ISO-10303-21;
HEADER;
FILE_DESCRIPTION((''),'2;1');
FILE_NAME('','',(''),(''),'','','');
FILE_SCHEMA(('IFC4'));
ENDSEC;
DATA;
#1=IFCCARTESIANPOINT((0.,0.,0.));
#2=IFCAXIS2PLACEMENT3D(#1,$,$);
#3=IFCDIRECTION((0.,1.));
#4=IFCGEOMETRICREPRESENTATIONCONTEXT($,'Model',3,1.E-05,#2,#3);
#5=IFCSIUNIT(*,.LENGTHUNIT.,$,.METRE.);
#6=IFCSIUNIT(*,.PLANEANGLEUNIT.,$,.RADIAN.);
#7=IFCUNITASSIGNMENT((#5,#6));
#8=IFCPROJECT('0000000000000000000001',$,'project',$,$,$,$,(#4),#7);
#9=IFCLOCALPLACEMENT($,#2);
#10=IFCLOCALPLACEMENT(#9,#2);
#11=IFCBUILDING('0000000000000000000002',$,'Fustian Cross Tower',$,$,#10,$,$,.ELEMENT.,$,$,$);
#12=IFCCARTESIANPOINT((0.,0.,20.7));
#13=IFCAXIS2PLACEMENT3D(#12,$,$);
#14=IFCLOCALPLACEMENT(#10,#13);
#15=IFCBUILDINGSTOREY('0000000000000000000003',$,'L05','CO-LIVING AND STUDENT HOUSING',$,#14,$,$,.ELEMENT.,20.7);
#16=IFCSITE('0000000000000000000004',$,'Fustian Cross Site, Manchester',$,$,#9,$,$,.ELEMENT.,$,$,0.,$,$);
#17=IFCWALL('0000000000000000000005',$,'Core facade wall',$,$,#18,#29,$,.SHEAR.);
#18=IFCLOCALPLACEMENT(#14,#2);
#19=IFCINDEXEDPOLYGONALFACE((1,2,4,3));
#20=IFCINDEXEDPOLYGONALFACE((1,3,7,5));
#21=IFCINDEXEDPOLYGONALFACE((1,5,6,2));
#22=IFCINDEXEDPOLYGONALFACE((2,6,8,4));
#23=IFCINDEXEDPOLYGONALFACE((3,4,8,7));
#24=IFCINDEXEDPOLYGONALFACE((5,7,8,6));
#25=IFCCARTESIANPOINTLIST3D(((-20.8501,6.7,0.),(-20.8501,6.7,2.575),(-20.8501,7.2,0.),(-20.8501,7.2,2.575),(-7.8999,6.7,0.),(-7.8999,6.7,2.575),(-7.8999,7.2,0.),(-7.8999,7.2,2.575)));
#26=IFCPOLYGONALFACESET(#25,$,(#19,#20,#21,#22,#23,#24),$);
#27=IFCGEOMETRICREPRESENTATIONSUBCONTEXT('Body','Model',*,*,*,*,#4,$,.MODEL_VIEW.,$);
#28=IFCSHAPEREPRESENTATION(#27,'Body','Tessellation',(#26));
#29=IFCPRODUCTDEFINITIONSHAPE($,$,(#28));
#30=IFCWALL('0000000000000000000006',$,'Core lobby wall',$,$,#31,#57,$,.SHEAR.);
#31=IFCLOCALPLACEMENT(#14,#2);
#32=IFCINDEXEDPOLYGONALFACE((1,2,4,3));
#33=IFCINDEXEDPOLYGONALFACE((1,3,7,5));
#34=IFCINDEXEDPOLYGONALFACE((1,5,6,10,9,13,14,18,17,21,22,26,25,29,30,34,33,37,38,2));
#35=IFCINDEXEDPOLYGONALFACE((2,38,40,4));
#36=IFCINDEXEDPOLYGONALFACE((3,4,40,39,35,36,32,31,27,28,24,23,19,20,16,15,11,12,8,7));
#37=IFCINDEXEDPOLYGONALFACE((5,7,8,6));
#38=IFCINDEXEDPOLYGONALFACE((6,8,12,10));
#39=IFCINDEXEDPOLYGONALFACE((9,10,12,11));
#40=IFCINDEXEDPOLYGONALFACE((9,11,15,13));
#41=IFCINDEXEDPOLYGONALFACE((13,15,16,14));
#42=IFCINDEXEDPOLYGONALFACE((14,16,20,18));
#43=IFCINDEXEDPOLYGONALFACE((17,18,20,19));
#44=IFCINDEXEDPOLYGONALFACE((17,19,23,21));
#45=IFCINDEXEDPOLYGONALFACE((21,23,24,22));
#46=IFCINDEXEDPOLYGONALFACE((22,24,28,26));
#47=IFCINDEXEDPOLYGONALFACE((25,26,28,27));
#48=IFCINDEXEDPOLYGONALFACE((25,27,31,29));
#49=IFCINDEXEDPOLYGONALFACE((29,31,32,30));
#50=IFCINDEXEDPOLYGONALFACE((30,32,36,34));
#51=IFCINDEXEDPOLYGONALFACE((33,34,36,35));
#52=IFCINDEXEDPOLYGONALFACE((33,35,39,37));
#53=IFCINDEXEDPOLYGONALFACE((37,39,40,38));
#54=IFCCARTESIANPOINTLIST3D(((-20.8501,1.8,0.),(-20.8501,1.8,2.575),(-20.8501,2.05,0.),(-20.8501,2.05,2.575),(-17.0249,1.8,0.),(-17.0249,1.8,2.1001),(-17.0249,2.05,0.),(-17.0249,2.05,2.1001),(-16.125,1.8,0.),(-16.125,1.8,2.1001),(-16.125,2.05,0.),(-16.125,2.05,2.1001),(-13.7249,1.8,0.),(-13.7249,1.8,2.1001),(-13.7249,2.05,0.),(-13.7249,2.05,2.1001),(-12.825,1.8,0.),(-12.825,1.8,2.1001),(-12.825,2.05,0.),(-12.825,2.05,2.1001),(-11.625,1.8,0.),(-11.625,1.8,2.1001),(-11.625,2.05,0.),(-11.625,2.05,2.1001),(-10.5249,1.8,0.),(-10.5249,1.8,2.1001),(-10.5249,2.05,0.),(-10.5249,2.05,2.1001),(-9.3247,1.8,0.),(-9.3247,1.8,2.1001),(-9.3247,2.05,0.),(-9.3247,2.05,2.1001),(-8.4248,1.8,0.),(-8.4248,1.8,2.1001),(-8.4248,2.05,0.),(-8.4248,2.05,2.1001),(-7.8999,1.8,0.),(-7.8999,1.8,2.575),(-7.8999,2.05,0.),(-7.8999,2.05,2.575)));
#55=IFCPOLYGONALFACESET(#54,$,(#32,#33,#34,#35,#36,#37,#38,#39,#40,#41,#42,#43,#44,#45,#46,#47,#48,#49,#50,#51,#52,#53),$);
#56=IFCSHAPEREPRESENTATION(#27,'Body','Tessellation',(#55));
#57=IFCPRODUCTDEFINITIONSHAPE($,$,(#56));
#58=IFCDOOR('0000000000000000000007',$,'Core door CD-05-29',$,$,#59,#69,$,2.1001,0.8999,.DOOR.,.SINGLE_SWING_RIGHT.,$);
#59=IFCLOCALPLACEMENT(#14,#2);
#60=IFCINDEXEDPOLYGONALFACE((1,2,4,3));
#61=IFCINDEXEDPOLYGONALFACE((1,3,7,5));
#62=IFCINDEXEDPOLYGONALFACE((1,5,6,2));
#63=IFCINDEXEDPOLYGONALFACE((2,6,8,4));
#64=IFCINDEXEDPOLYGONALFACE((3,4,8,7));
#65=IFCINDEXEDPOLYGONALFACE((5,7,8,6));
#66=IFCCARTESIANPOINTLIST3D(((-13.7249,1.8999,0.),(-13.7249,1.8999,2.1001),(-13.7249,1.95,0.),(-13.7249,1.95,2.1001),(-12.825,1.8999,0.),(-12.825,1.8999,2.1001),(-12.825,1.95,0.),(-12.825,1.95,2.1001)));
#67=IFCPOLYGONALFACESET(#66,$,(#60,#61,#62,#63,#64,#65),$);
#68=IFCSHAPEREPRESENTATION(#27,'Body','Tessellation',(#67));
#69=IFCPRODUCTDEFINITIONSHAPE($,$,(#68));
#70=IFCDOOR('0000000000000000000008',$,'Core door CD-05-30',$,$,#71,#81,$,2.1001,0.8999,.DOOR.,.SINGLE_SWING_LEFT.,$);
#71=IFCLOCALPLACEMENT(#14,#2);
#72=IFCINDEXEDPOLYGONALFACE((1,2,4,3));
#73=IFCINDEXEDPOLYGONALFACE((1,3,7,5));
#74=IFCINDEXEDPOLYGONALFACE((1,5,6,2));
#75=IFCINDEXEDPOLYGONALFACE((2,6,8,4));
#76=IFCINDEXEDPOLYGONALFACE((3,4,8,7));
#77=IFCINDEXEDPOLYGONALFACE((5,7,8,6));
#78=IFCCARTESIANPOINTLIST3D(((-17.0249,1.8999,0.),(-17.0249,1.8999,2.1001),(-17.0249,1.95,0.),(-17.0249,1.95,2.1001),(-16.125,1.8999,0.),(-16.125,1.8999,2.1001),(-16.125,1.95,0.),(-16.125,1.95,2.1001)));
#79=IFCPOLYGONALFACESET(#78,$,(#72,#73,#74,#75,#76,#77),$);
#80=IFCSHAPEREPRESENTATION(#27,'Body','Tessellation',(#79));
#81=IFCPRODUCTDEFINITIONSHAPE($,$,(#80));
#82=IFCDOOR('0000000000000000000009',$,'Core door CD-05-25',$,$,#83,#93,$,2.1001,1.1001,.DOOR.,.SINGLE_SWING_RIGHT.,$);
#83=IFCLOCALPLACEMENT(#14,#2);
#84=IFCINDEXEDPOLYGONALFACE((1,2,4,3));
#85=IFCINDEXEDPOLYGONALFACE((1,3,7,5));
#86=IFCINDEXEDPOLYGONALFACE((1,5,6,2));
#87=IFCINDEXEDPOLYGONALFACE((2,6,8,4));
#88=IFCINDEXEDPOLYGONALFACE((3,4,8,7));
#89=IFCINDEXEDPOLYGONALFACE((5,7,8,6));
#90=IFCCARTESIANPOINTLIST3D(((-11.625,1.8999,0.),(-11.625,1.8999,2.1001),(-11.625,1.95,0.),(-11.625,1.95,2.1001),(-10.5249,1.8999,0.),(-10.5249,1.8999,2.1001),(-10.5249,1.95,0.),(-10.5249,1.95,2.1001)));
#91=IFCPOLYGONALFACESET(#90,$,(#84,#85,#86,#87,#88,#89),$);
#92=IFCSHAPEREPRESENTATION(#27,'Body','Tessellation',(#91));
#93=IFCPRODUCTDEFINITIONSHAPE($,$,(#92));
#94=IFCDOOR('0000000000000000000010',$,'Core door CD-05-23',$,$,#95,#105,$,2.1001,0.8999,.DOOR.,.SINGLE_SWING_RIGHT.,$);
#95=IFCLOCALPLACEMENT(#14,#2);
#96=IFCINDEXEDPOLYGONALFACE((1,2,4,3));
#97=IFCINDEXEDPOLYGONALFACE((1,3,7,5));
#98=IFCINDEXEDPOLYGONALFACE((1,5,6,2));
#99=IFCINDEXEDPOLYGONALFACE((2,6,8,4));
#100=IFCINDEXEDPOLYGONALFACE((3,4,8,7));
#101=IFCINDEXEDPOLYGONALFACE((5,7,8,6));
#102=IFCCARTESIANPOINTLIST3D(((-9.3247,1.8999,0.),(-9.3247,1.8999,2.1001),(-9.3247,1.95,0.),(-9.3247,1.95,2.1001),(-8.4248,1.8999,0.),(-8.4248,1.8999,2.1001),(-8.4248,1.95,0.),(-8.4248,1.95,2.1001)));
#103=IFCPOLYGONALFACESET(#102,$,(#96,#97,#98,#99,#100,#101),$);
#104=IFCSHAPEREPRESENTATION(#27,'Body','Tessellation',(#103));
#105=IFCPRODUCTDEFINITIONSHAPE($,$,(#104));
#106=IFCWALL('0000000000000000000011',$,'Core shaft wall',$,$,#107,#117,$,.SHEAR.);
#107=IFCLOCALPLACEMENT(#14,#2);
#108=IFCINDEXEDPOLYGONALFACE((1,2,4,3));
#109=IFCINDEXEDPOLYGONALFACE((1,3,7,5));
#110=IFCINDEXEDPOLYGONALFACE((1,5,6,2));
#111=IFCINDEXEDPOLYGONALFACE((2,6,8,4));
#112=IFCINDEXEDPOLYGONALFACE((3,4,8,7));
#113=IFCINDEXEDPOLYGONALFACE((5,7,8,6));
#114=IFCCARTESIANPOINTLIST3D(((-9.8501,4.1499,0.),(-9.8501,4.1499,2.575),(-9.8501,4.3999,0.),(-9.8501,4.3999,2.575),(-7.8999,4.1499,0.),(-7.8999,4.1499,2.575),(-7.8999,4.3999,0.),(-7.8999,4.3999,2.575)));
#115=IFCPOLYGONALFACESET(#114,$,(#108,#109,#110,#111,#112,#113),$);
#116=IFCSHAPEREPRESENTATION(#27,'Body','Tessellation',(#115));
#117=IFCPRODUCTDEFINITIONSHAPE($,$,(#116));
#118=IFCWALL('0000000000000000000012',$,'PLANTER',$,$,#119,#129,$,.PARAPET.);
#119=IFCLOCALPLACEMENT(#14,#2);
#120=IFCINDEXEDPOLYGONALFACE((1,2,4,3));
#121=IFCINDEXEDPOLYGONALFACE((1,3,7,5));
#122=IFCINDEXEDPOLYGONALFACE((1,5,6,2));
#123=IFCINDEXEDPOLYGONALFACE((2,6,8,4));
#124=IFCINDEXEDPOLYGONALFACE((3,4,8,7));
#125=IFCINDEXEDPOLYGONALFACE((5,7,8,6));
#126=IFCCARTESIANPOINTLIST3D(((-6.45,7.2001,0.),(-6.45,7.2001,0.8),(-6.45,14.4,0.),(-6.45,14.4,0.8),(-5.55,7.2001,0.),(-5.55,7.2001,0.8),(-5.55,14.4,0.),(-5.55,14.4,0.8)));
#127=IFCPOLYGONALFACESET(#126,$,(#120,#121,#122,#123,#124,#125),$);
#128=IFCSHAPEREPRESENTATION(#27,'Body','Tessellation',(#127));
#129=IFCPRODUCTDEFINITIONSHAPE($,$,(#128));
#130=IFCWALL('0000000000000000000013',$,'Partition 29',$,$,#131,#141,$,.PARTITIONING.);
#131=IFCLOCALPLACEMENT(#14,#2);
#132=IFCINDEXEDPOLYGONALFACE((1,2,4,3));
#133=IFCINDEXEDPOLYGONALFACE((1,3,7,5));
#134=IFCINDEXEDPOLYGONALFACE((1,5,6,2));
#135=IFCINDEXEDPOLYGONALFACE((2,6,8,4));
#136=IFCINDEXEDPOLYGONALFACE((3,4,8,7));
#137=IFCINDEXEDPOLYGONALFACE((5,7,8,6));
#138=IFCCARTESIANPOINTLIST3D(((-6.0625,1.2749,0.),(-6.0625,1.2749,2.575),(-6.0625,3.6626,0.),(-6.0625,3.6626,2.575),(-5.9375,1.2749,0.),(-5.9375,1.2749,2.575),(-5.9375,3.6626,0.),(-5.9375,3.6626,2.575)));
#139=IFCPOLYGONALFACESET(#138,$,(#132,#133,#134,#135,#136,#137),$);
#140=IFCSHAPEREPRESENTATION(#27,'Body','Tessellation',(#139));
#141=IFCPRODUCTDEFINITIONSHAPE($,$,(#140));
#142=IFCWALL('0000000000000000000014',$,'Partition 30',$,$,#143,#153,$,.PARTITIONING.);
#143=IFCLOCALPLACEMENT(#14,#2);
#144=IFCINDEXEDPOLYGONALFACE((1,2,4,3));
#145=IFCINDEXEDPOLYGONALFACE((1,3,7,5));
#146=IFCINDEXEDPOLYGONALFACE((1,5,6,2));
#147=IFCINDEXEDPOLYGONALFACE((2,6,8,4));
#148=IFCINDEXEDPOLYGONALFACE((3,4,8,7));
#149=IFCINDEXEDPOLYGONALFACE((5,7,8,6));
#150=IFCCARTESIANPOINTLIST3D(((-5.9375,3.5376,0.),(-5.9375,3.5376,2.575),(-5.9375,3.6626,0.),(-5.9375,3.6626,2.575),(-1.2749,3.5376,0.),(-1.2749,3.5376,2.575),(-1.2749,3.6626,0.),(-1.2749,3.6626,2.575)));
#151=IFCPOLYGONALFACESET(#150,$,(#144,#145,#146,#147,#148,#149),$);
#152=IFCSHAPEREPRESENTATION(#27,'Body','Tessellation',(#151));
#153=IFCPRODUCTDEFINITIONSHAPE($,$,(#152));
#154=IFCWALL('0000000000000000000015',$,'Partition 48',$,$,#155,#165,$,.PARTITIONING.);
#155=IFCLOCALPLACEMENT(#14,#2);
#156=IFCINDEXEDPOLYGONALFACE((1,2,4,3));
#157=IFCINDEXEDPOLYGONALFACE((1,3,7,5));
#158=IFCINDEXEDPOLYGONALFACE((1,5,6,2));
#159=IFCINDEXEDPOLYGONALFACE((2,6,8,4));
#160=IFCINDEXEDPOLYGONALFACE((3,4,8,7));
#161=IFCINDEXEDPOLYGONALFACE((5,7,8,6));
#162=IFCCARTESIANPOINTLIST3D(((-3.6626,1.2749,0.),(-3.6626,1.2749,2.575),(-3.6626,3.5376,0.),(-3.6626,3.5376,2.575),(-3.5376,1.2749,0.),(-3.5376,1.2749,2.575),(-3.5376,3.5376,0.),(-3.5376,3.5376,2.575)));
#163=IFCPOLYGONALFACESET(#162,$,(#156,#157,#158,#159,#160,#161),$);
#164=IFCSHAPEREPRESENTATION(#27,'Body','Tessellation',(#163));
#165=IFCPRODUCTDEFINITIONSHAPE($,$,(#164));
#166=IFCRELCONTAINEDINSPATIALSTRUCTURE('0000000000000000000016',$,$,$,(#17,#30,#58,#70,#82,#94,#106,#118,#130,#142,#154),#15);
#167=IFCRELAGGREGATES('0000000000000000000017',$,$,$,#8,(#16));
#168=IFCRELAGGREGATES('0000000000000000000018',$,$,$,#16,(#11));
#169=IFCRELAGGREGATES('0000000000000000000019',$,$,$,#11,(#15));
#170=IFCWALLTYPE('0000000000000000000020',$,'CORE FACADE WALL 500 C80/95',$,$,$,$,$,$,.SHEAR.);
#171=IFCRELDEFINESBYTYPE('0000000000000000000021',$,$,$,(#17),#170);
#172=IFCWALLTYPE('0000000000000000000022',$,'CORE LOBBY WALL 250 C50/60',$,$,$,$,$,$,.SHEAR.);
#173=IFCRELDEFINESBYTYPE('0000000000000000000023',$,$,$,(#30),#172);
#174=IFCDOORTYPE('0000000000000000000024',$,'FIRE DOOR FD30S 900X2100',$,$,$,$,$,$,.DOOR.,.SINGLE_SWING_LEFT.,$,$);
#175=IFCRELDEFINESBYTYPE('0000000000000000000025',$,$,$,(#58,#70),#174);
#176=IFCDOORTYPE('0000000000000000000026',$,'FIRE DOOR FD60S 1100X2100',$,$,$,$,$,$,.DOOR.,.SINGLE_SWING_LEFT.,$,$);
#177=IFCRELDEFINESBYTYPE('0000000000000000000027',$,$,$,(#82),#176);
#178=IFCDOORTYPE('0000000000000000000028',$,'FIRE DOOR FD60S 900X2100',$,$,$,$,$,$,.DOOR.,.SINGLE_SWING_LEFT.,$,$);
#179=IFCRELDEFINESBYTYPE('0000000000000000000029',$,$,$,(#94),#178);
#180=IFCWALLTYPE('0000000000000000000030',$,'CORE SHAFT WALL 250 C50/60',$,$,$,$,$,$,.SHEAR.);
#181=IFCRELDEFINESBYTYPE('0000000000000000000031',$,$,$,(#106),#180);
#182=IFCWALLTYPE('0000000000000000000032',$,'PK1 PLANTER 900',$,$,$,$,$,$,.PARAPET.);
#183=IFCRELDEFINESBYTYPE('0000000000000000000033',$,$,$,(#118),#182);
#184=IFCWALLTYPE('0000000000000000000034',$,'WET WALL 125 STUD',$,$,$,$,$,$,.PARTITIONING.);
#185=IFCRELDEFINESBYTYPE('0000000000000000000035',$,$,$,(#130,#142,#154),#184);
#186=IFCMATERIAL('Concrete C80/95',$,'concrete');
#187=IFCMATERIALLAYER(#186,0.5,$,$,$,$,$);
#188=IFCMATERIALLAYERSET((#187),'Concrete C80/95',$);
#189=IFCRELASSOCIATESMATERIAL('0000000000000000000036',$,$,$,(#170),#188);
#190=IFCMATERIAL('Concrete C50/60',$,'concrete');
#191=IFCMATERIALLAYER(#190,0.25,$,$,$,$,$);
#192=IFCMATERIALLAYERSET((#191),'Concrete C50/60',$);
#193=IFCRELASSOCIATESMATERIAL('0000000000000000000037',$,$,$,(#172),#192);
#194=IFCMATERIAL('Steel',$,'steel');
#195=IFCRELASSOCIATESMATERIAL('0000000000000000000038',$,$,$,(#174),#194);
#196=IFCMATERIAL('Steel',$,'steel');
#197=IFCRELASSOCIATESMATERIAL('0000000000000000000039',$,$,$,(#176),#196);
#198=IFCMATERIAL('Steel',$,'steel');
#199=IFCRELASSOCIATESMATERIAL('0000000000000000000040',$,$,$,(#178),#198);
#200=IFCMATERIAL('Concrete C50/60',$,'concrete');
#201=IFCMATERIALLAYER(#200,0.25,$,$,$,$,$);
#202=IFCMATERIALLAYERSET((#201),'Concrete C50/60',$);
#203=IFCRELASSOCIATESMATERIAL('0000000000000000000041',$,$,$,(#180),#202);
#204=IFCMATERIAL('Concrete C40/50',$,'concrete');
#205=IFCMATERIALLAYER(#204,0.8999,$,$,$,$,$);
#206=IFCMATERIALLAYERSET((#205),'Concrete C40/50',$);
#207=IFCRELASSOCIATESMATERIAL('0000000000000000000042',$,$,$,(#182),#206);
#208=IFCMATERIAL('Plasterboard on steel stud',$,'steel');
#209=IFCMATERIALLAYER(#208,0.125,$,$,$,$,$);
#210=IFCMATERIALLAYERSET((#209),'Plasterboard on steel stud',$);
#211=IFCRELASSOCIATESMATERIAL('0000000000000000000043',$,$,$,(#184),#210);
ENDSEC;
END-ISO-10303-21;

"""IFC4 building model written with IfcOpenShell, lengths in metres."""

from ifc_helpers import new_model, si_unit, direction, frame, frame_2d, origin, place, context, subcontext, project, spatial, rectangle, extrude, material, layer, layer_set, type_object, element, fill, save


model = new_model("IFC4")

# Units and contexts
model_context = context("Model", 3, precision=1e-05, world=origin(), true_north=direction((0.0, 1.0)))
body_context = subcontext(model_context, "Body", "Model", "MODEL_VIEW")
ifc_project = project(units=[si_unit("LENGTHUNIT", "METRE"), si_unit("PLANEANGLEUNIT", "RADIAN")], contexts=[model_context])

# Site, building, storey
site_placement = place(None, origin())
site = spatial("IfcSite", under=ifc_project, at=site_placement, Name="Fustian Cross Site, Manchester", CompositionType="ELEMENT", RefElevation=0.0)
building_placement = place(site_placement, origin())
building = spatial("IfcBuilding", under=site, at=building_placement, Name="Fustian Cross Tower", CompositionType="ELEMENT")
storey_placement = place(building_placement, frame((0.0, 0.0, 20.7)))
storey = spatial("IfcBuildingStorey", under=building, at=storey_placement, Name="L05", Description="CO-LIVING AND STUDENT HOUSING", CompositionType="ELEMENT", Elevation=20.7)

# Wall
ifc_material_1 = material(Name="Concrete C80/95", Category="concrete")
ifc_layer_1 = layer(ifc_material_1, 0.5)
ifc_layer_set_1 = layer_set([ifc_layer_1], Name="Concrete C80/95")
wall_type_1 = type_object("IfcWallType", Name="CORE FACADE WALL 500 C80/95", PredefinedType="SHEAR", material=ifc_layer_set_1)
wall_1_placement = place(storey_placement, frame((-7.8999, 6.95, 0.0), z_axis=(0.0, 0.0, 1.0), x_axis=(-1.0, 0.0, 0.0)))
element("IfcWall", 1, at=wall_1_placement, inside=storey, type_object=wall_type_1, Name="Core facade wall", PredefinedType="SHEAR", context=body_context, shape_type="SweptSolid", body=[
    extrude(rectangle(XDim=12.9502, YDim=0.5, at=frame_2d((6.4751, 0.0))), origin(), (0.0, 0.0, 1.0), 2.575),
])

# Wall, openings, doors
ifc_material_2 = material(Name="Concrete C50/60", Category="concrete")
ifc_layer_2 = layer(ifc_material_2, 0.25)
ifc_layer_set_2 = layer_set([ifc_layer_2], Name="Concrete C50/60")
wall_type_2 = type_object("IfcWallType", Name="CORE LOBBY WALL 250 C50/60", PredefinedType="SHEAR", material=ifc_layer_set_2)
wall_2_placement = place(storey_placement, frame((-7.8999, 1.925, 0.0), z_axis=(0.0, 0.0, 1.0), x_axis=(-1.0, 0.0, 0.0)))
wall_2 = element("IfcWall", 2, at=wall_2_placement, inside=storey, type_object=wall_type_2, Name="Core lobby wall", PredefinedType="SHEAR", context=body_context, shape_type="SweptSolid", body=[
    extrude(rectangle(XDim=12.9502, YDim=0.25, at=frame_2d((6.4751, 0.0))), origin(), (0.0, 0.0, 1.0), 2.575),
])
opening_1_placement = place(wall_2_placement, frame((0.5249, 0.0, 0.0)))
opening_1 = element("IfcOpeningElement", 3, at=opening_1_placement, cuts=wall_2, PredefinedType="OPENING", context=body_context, shape_type="SweptSolid", body=[
    extrude(rectangle(XDim=0.8999, YDim=2.1001, at=frame_2d((0.45, 1.05))), frame((0.0, 0.135, 0.0), z_axis=(0.0, -1.0, 0.0), x_axis=(1.0, 0.0, 0.0)), (0.0, 0.0, 1.0), 0.27),
])
opening_2_placement = place(wall_2_placement, frame((2.625, 0.0, 0.0)))
opening_2 = element("IfcOpeningElement", 4, at=opening_2_placement, cuts=wall_2, PredefinedType="OPENING", context=body_context, shape_type="SweptSolid", body=[
    extrude(rectangle(XDim=1.1001, YDim=2.1001, at=frame_2d((0.55, 1.05))), frame((0.0, 0.135, 0.0), z_axis=(0.0, -1.0, 0.0), x_axis=(1.0, 0.0, 0.0)), (0.0, 0.0, 1.0), 0.27),
])
opening_3_placement = place(wall_2_placement, frame((4.925, 0.0, 0.0)))
opening_3 = element("IfcOpeningElement", 5, at=opening_3_placement, cuts=wall_2, PredefinedType="OPENING", context=body_context, shape_type="SweptSolid", body=[
    extrude(rectangle(XDim=0.8999, YDim=2.1001, at=frame_2d((0.45, 1.05))), frame((0.0, 0.135, 0.0), z_axis=(0.0, -1.0, 0.0), x_axis=(1.0, 0.0, 0.0)), (0.0, 0.0, 1.0), 0.27),
])
opening_4_placement = place(wall_2_placement, frame((8.2251, 0.0, 0.0)))
opening_4 = element("IfcOpeningElement", 6, at=opening_4_placement, cuts=wall_2, PredefinedType="OPENING", context=body_context, shape_type="SweptSolid", body=[
    extrude(rectangle(XDim=0.8999, YDim=2.1001, at=frame_2d((0.45, 1.05))), frame((0.0, 0.135, 0.0), z_axis=(0.0, -1.0, 0.0), x_axis=(1.0, 0.0, 0.0)), (0.0, 0.0, 1.0), 0.27),
])
ifc_material_3 = material(Name="Steel", Category="steel")
door_type_1 = type_object("IfcDoorType", Name="FIRE DOOR FD30S 900X2100", OperationType="SINGLE_SWING_LEFT", PredefinedType="DOOR", material=ifc_material_3)
door_1_placement = place(opening_3_placement, frame((0.8999, 0.0, 0.0), z_axis=(0.0, 0.0, 1.0), x_axis=(-1.0, 0.0, 0.0)))
door_1 = element("IfcDoor", 7, at=door_1_placement, inside=storey, type_object=door_type_1, Name="Core door CD-05-29", OperationType="SINGLE_SWING_RIGHT", OverallHeight=2.1001, OverallWidth=0.8999, PredefinedType="DOOR", context=body_context, shape_type="SweptSolid", body=[
    extrude(rectangle(XDim=0.8999, YDim=2.1001, at=frame_2d((0.45, 1.05))), frame((0.0, 0.0249, 0.0), z_axis=(0.0, -1.0, 0.0), x_axis=(1.0, 0.0, 0.0)), (0.0, 0.0, 1.0), 0.05),
])
fill(opening_3, door_1)
door_2_placement = place(opening_4_placement, frame((0.8999, 0.0, 0.0), z_axis=(0.0, 0.0, 1.0), x_axis=(-1.0, 0.0, 0.0)))
door_2 = element("IfcDoor", 8, at=door_2_placement, inside=storey, type_object=door_type_1, Name="Core door CD-05-30", OperationType="SINGLE_SWING_LEFT", OverallHeight=2.1001, OverallWidth=0.8999, PredefinedType="DOOR", context=body_context, shape_type="SweptSolid", body=[
    extrude(rectangle(XDim=0.8999, YDim=2.1001, at=frame_2d((0.45, 1.05))), frame((0.0, 0.0249, 0.0), z_axis=(0.0, -1.0, 0.0), x_axis=(1.0, 0.0, 0.0)), (0.0, 0.0, 1.0), 0.05),
])
fill(opening_4, door_2)
ifc_material_4 = material(Name="Steel", Category="steel")
door_type_2 = type_object("IfcDoorType", Name="FIRE DOOR FD60S 1100X2100", OperationType="SINGLE_SWING_LEFT", PredefinedType="DOOR", material=ifc_material_4)
door_3_placement = place(opening_2_placement, frame((1.1001, 0.0, 0.0), z_axis=(0.0, 0.0, 1.0), x_axis=(-1.0, 0.0, 0.0)))
door_3 = element("IfcDoor", 9, at=door_3_placement, inside=storey, type_object=door_type_2, Name="Core door CD-05-25", OperationType="SINGLE_SWING_RIGHT", OverallHeight=2.1001, OverallWidth=1.1001, PredefinedType="DOOR", context=body_context, shape_type="SweptSolid", body=[
    extrude(rectangle(XDim=1.1001, YDim=2.1001, at=frame_2d((0.55, 1.05))), frame((0.0, 0.0249, 0.0), z_axis=(0.0, -1.0, 0.0), x_axis=(1.0, 0.0, 0.0)), (0.0, 0.0, 1.0), 0.05),
])
fill(opening_2, door_3)
ifc_material_5 = material(Name="Steel", Category="steel")
door_type_3 = type_object("IfcDoorType", Name="FIRE DOOR FD60S 900X2100", OperationType="SINGLE_SWING_LEFT", PredefinedType="DOOR", material=ifc_material_5)
door_4_placement = place(opening_1_placement, frame((0.8999, 0.0, 0.0), z_axis=(0.0, 0.0, 1.0), x_axis=(-1.0, 0.0, 0.0)))
door_4 = element("IfcDoor", 10, at=door_4_placement, inside=storey, type_object=door_type_3, Name="Core door CD-05-23", OperationType="SINGLE_SWING_RIGHT", OverallHeight=2.1001, OverallWidth=0.8999, PredefinedType="DOOR", context=body_context, shape_type="SweptSolid", body=[
    extrude(rectangle(XDim=0.8999, YDim=2.1001, at=frame_2d((0.45, 1.05))), frame((0.0, 0.0249, 0.0), z_axis=(0.0, -1.0, 0.0), x_axis=(1.0, 0.0, 0.0)), (0.0, 0.0, 1.0), 0.05),
])
fill(opening_1, door_4)

# Walls
ifc_material_6 = material(Name="Concrete C50/60", Category="concrete")
ifc_layer_3 = layer(ifc_material_6, 0.25)
ifc_layer_set_3 = layer_set([ifc_layer_3], Name="Concrete C50/60")
wall_type_3 = type_object("IfcWallType", Name="CORE SHAFT WALL 250 C50/60", PredefinedType="SHEAR", material=ifc_layer_set_3)
wall_3_placement = place(storey_placement, frame((-7.8999, 4.2749, 0.0), z_axis=(0.0, 0.0, 1.0), x_axis=(-1.0, 0.0, 0.0)))
element("IfcWall", 11, at=wall_3_placement, inside=storey, type_object=wall_type_3, Name="Core shaft wall", PredefinedType="SHEAR", context=body_context, shape_type="SweptSolid", body=[
    extrude(rectangle(XDim=1.9502, YDim=0.25, at=frame_2d((0.9751, 0.0))), origin(), (0.0, 0.0, 1.0), 2.575),
])
ifc_material_7 = material(Name="Concrete C40/50", Category="concrete")
ifc_layer_4 = layer(ifc_material_7, 0.8999)
ifc_layer_set_4 = layer_set([ifc_layer_4], Name="Concrete C40/50")
wall_type_4 = type_object("IfcWallType", Name="PK1 PLANTER 900", PredefinedType="PARAPET", material=ifc_layer_set_4)
wall_4_placement = place(storey_placement, frame((-6.0, 7.2, 0.0), z_axis=(0.0, 0.0, 1.0), x_axis=(0.0, 1.0, 0.0)))
element("IfcWall", 12, at=wall_4_placement, inside=storey, type_object=wall_type_4, Name="PLANTER", PredefinedType="PARAPET", context=body_context, shape_type="SweptSolid", body=[
    extrude(rectangle(XDim=7.2, YDim=0.8999, at=frame_2d((3.6001, 0.0))), origin(), (0.0, 0.0, 1.0), 0.8),
])
ifc_material_8 = material(Name="Plasterboard on steel stud", Category="steel")
ifc_layer_5 = layer(ifc_material_8, 0.125)
ifc_layer_set_5 = layer_set([ifc_layer_5], Name="Plasterboard on steel stud")
wall_type_5 = type_object("IfcWallType", Name="WET WALL 125 STUD", PredefinedType="PARTITIONING", material=ifc_layer_set_5)
wall_5_placement = place(storey_placement, frame((-6.0, 1.2749, 0.0), z_axis=(0.0, 0.0, 1.0), x_axis=(0.0, 1.0, 0.0)))
element("IfcWall", 13, at=wall_5_placement, inside=storey, type_object=wall_type_5, Name="Partition 29", PredefinedType="PARTITIONING", context=body_context, shape_type="SweptSolid", body=[
    extrude(rectangle(XDim=2.3877, YDim=0.125, at=frame_2d((1.1938, 0.0))), origin(), (0.0, 0.0, 1.0), 2.575),
])
wall_6_placement = place(storey_placement, frame((-5.9375, 3.6001, 0.0), z_axis=(0.0, 0.0, 1.0), x_axis=(1.0, 0.0, 0.0)))
element("IfcWall", 14, at=wall_6_placement, inside=storey, type_object=wall_type_5, Name="Partition 30", PredefinedType="PARTITIONING", context=body_context, shape_type="SweptSolid", body=[
    extrude(rectangle(XDim=4.6626, YDim=0.125, at=frame_2d((2.3313, 0.0))), origin(), (0.0, 0.0, 1.0), 2.575),
])
wall_7_placement = place(storey_placement, frame((-3.6001, 1.2749, 0.0), z_axis=(0.0, 0.0, 1.0), x_axis=(0.0, 1.0, 0.0)))
element("IfcWall", 15, at=wall_7_placement, inside=storey, type_object=wall_type_5, Name="Partition 48", PredefinedType="PARTITIONING", context=body_context, shape_type="SweptSolid", body=[
    extrude(rectangle(XDim=2.2627, YDim=0.125, at=frame_2d((1.1313, 0.0))), origin(), (0.0, 0.0, 1.0), 2.575),
])

save(model, "model.ifc")
